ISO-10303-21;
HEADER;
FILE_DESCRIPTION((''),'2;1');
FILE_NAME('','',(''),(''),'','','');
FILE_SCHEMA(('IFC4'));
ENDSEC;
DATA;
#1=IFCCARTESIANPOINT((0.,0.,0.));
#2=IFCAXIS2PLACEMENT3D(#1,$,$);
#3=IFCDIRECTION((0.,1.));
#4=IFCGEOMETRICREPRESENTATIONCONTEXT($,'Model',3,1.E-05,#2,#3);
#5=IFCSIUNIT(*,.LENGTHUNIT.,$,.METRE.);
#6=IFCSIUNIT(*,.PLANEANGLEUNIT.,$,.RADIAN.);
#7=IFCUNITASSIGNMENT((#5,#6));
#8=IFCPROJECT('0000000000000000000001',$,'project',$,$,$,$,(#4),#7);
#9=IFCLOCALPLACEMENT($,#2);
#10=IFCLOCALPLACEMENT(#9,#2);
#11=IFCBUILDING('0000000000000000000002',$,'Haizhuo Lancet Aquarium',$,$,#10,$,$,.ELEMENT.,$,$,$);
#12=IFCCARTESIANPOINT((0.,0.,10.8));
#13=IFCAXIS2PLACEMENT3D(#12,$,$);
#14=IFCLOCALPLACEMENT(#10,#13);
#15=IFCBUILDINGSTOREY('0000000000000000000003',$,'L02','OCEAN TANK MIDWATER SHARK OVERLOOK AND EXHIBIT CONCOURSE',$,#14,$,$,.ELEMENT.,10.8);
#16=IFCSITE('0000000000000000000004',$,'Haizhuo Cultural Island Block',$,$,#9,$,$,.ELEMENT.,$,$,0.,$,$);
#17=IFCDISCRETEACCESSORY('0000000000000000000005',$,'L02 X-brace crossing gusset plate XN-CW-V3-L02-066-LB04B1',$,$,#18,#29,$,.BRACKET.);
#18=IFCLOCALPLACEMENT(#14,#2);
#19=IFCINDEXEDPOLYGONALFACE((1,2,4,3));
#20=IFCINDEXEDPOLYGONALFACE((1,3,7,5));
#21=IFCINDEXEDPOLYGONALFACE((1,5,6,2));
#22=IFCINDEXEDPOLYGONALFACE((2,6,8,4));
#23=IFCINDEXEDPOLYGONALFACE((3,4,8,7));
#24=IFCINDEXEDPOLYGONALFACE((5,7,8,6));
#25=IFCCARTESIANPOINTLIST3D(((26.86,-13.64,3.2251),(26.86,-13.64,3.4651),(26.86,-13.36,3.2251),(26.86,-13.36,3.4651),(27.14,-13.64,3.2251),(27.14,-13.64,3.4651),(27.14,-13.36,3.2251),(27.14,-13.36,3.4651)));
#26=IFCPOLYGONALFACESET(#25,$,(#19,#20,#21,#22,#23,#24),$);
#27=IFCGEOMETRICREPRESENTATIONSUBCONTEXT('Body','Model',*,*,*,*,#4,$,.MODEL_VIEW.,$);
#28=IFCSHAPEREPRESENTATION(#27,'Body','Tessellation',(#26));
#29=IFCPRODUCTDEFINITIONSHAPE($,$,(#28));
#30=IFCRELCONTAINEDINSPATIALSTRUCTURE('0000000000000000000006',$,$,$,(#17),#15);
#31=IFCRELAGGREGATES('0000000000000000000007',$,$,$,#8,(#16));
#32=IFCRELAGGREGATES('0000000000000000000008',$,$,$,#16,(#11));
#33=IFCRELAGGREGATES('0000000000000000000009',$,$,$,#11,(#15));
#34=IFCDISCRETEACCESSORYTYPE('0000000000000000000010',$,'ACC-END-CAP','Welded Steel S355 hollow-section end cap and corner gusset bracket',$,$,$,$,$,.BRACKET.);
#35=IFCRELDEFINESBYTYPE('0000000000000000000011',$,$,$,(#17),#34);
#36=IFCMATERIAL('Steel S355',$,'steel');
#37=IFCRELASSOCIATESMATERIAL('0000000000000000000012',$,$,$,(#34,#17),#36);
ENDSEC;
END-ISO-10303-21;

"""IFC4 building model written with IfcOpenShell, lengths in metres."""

from ifc_helpers import new_model, si_unit, direction, frame, origin, origin_2d, place, context, subcontext, project, spatial, rectangle, extrude, material, type_object, element, save


model = new_model("IFC4")

# Units and contexts
model_context = context("Model", 3, precision=1e-05, world=origin(), true_north=direction((0.0, 1.0)))
body_context = subcontext(model_context, "Body", "Model", "MODEL_VIEW")
ifc_project = project(units=[si_unit("LENGTHUNIT", "METRE"), si_unit("PLANEANGLEUNIT", "RADIAN")], contexts=[model_context])

# Site, building, storey
site_placement = place(None, origin())
site = spatial("IfcSite", under=ifc_project, at=site_placement, Name="Haizhuo Cultural Island Block", CompositionType="ELEMENT", RefElevation=0.0)
building_placement = place(site_placement, origin())
building = spatial("IfcBuilding", under=site, at=building_placement, Name="Haizhuo Lancet Aquarium", CompositionType="ELEMENT")
storey_placement = place(building_placement, frame((0.0, 0.0, 10.8)))
storey = spatial("IfcBuildingStorey", under=building, at=storey_placement, Name="L02", Description="OCEAN TANK MIDWATER SHARK OVERLOOK AND EXHIBIT CONCOURSE", CompositionType="ELEMENT", Elevation=10.8)

# Shared definitions
ifc_material_1 = material(Name="Steel S355", Category="steel")

# Discrete accessory
discrete_accessory_type = type_object("IfcDiscreteAccessoryType", Name="ACC-END-CAP", Description="Welded Steel S355 hollow-section end cap and corner gusset bracket", PredefinedType="BRACKET", material=ifc_material_1)
for number, where, z_axis, x_axis, name in (
    (1, (27.0, -13.5, 3.2251), (0.0, 0.0, 1.0), (1.0, 0.0, 0.0), "L02 X-brace crossing gusset plate XN-CW-V3-L02-066-LB04B1"),
):
    element("IfcDiscreteAccessory", number, at=place(storey_placement, frame(where, z_axis=z_axis, x_axis=x_axis)), inside=storey, type_object=discrete_accessory_type, material=ifc_material_1, Name=name, PredefinedType="BRACKET", context=body_context, shape_type="SweptSolid", body=[
        extrude(rectangle(XDim=0.28, YDim=0.28, at=origin_2d()), origin(), (0.0, 0.0, 1.0), 0.24),
    ])

save(model, "model.ifc")
